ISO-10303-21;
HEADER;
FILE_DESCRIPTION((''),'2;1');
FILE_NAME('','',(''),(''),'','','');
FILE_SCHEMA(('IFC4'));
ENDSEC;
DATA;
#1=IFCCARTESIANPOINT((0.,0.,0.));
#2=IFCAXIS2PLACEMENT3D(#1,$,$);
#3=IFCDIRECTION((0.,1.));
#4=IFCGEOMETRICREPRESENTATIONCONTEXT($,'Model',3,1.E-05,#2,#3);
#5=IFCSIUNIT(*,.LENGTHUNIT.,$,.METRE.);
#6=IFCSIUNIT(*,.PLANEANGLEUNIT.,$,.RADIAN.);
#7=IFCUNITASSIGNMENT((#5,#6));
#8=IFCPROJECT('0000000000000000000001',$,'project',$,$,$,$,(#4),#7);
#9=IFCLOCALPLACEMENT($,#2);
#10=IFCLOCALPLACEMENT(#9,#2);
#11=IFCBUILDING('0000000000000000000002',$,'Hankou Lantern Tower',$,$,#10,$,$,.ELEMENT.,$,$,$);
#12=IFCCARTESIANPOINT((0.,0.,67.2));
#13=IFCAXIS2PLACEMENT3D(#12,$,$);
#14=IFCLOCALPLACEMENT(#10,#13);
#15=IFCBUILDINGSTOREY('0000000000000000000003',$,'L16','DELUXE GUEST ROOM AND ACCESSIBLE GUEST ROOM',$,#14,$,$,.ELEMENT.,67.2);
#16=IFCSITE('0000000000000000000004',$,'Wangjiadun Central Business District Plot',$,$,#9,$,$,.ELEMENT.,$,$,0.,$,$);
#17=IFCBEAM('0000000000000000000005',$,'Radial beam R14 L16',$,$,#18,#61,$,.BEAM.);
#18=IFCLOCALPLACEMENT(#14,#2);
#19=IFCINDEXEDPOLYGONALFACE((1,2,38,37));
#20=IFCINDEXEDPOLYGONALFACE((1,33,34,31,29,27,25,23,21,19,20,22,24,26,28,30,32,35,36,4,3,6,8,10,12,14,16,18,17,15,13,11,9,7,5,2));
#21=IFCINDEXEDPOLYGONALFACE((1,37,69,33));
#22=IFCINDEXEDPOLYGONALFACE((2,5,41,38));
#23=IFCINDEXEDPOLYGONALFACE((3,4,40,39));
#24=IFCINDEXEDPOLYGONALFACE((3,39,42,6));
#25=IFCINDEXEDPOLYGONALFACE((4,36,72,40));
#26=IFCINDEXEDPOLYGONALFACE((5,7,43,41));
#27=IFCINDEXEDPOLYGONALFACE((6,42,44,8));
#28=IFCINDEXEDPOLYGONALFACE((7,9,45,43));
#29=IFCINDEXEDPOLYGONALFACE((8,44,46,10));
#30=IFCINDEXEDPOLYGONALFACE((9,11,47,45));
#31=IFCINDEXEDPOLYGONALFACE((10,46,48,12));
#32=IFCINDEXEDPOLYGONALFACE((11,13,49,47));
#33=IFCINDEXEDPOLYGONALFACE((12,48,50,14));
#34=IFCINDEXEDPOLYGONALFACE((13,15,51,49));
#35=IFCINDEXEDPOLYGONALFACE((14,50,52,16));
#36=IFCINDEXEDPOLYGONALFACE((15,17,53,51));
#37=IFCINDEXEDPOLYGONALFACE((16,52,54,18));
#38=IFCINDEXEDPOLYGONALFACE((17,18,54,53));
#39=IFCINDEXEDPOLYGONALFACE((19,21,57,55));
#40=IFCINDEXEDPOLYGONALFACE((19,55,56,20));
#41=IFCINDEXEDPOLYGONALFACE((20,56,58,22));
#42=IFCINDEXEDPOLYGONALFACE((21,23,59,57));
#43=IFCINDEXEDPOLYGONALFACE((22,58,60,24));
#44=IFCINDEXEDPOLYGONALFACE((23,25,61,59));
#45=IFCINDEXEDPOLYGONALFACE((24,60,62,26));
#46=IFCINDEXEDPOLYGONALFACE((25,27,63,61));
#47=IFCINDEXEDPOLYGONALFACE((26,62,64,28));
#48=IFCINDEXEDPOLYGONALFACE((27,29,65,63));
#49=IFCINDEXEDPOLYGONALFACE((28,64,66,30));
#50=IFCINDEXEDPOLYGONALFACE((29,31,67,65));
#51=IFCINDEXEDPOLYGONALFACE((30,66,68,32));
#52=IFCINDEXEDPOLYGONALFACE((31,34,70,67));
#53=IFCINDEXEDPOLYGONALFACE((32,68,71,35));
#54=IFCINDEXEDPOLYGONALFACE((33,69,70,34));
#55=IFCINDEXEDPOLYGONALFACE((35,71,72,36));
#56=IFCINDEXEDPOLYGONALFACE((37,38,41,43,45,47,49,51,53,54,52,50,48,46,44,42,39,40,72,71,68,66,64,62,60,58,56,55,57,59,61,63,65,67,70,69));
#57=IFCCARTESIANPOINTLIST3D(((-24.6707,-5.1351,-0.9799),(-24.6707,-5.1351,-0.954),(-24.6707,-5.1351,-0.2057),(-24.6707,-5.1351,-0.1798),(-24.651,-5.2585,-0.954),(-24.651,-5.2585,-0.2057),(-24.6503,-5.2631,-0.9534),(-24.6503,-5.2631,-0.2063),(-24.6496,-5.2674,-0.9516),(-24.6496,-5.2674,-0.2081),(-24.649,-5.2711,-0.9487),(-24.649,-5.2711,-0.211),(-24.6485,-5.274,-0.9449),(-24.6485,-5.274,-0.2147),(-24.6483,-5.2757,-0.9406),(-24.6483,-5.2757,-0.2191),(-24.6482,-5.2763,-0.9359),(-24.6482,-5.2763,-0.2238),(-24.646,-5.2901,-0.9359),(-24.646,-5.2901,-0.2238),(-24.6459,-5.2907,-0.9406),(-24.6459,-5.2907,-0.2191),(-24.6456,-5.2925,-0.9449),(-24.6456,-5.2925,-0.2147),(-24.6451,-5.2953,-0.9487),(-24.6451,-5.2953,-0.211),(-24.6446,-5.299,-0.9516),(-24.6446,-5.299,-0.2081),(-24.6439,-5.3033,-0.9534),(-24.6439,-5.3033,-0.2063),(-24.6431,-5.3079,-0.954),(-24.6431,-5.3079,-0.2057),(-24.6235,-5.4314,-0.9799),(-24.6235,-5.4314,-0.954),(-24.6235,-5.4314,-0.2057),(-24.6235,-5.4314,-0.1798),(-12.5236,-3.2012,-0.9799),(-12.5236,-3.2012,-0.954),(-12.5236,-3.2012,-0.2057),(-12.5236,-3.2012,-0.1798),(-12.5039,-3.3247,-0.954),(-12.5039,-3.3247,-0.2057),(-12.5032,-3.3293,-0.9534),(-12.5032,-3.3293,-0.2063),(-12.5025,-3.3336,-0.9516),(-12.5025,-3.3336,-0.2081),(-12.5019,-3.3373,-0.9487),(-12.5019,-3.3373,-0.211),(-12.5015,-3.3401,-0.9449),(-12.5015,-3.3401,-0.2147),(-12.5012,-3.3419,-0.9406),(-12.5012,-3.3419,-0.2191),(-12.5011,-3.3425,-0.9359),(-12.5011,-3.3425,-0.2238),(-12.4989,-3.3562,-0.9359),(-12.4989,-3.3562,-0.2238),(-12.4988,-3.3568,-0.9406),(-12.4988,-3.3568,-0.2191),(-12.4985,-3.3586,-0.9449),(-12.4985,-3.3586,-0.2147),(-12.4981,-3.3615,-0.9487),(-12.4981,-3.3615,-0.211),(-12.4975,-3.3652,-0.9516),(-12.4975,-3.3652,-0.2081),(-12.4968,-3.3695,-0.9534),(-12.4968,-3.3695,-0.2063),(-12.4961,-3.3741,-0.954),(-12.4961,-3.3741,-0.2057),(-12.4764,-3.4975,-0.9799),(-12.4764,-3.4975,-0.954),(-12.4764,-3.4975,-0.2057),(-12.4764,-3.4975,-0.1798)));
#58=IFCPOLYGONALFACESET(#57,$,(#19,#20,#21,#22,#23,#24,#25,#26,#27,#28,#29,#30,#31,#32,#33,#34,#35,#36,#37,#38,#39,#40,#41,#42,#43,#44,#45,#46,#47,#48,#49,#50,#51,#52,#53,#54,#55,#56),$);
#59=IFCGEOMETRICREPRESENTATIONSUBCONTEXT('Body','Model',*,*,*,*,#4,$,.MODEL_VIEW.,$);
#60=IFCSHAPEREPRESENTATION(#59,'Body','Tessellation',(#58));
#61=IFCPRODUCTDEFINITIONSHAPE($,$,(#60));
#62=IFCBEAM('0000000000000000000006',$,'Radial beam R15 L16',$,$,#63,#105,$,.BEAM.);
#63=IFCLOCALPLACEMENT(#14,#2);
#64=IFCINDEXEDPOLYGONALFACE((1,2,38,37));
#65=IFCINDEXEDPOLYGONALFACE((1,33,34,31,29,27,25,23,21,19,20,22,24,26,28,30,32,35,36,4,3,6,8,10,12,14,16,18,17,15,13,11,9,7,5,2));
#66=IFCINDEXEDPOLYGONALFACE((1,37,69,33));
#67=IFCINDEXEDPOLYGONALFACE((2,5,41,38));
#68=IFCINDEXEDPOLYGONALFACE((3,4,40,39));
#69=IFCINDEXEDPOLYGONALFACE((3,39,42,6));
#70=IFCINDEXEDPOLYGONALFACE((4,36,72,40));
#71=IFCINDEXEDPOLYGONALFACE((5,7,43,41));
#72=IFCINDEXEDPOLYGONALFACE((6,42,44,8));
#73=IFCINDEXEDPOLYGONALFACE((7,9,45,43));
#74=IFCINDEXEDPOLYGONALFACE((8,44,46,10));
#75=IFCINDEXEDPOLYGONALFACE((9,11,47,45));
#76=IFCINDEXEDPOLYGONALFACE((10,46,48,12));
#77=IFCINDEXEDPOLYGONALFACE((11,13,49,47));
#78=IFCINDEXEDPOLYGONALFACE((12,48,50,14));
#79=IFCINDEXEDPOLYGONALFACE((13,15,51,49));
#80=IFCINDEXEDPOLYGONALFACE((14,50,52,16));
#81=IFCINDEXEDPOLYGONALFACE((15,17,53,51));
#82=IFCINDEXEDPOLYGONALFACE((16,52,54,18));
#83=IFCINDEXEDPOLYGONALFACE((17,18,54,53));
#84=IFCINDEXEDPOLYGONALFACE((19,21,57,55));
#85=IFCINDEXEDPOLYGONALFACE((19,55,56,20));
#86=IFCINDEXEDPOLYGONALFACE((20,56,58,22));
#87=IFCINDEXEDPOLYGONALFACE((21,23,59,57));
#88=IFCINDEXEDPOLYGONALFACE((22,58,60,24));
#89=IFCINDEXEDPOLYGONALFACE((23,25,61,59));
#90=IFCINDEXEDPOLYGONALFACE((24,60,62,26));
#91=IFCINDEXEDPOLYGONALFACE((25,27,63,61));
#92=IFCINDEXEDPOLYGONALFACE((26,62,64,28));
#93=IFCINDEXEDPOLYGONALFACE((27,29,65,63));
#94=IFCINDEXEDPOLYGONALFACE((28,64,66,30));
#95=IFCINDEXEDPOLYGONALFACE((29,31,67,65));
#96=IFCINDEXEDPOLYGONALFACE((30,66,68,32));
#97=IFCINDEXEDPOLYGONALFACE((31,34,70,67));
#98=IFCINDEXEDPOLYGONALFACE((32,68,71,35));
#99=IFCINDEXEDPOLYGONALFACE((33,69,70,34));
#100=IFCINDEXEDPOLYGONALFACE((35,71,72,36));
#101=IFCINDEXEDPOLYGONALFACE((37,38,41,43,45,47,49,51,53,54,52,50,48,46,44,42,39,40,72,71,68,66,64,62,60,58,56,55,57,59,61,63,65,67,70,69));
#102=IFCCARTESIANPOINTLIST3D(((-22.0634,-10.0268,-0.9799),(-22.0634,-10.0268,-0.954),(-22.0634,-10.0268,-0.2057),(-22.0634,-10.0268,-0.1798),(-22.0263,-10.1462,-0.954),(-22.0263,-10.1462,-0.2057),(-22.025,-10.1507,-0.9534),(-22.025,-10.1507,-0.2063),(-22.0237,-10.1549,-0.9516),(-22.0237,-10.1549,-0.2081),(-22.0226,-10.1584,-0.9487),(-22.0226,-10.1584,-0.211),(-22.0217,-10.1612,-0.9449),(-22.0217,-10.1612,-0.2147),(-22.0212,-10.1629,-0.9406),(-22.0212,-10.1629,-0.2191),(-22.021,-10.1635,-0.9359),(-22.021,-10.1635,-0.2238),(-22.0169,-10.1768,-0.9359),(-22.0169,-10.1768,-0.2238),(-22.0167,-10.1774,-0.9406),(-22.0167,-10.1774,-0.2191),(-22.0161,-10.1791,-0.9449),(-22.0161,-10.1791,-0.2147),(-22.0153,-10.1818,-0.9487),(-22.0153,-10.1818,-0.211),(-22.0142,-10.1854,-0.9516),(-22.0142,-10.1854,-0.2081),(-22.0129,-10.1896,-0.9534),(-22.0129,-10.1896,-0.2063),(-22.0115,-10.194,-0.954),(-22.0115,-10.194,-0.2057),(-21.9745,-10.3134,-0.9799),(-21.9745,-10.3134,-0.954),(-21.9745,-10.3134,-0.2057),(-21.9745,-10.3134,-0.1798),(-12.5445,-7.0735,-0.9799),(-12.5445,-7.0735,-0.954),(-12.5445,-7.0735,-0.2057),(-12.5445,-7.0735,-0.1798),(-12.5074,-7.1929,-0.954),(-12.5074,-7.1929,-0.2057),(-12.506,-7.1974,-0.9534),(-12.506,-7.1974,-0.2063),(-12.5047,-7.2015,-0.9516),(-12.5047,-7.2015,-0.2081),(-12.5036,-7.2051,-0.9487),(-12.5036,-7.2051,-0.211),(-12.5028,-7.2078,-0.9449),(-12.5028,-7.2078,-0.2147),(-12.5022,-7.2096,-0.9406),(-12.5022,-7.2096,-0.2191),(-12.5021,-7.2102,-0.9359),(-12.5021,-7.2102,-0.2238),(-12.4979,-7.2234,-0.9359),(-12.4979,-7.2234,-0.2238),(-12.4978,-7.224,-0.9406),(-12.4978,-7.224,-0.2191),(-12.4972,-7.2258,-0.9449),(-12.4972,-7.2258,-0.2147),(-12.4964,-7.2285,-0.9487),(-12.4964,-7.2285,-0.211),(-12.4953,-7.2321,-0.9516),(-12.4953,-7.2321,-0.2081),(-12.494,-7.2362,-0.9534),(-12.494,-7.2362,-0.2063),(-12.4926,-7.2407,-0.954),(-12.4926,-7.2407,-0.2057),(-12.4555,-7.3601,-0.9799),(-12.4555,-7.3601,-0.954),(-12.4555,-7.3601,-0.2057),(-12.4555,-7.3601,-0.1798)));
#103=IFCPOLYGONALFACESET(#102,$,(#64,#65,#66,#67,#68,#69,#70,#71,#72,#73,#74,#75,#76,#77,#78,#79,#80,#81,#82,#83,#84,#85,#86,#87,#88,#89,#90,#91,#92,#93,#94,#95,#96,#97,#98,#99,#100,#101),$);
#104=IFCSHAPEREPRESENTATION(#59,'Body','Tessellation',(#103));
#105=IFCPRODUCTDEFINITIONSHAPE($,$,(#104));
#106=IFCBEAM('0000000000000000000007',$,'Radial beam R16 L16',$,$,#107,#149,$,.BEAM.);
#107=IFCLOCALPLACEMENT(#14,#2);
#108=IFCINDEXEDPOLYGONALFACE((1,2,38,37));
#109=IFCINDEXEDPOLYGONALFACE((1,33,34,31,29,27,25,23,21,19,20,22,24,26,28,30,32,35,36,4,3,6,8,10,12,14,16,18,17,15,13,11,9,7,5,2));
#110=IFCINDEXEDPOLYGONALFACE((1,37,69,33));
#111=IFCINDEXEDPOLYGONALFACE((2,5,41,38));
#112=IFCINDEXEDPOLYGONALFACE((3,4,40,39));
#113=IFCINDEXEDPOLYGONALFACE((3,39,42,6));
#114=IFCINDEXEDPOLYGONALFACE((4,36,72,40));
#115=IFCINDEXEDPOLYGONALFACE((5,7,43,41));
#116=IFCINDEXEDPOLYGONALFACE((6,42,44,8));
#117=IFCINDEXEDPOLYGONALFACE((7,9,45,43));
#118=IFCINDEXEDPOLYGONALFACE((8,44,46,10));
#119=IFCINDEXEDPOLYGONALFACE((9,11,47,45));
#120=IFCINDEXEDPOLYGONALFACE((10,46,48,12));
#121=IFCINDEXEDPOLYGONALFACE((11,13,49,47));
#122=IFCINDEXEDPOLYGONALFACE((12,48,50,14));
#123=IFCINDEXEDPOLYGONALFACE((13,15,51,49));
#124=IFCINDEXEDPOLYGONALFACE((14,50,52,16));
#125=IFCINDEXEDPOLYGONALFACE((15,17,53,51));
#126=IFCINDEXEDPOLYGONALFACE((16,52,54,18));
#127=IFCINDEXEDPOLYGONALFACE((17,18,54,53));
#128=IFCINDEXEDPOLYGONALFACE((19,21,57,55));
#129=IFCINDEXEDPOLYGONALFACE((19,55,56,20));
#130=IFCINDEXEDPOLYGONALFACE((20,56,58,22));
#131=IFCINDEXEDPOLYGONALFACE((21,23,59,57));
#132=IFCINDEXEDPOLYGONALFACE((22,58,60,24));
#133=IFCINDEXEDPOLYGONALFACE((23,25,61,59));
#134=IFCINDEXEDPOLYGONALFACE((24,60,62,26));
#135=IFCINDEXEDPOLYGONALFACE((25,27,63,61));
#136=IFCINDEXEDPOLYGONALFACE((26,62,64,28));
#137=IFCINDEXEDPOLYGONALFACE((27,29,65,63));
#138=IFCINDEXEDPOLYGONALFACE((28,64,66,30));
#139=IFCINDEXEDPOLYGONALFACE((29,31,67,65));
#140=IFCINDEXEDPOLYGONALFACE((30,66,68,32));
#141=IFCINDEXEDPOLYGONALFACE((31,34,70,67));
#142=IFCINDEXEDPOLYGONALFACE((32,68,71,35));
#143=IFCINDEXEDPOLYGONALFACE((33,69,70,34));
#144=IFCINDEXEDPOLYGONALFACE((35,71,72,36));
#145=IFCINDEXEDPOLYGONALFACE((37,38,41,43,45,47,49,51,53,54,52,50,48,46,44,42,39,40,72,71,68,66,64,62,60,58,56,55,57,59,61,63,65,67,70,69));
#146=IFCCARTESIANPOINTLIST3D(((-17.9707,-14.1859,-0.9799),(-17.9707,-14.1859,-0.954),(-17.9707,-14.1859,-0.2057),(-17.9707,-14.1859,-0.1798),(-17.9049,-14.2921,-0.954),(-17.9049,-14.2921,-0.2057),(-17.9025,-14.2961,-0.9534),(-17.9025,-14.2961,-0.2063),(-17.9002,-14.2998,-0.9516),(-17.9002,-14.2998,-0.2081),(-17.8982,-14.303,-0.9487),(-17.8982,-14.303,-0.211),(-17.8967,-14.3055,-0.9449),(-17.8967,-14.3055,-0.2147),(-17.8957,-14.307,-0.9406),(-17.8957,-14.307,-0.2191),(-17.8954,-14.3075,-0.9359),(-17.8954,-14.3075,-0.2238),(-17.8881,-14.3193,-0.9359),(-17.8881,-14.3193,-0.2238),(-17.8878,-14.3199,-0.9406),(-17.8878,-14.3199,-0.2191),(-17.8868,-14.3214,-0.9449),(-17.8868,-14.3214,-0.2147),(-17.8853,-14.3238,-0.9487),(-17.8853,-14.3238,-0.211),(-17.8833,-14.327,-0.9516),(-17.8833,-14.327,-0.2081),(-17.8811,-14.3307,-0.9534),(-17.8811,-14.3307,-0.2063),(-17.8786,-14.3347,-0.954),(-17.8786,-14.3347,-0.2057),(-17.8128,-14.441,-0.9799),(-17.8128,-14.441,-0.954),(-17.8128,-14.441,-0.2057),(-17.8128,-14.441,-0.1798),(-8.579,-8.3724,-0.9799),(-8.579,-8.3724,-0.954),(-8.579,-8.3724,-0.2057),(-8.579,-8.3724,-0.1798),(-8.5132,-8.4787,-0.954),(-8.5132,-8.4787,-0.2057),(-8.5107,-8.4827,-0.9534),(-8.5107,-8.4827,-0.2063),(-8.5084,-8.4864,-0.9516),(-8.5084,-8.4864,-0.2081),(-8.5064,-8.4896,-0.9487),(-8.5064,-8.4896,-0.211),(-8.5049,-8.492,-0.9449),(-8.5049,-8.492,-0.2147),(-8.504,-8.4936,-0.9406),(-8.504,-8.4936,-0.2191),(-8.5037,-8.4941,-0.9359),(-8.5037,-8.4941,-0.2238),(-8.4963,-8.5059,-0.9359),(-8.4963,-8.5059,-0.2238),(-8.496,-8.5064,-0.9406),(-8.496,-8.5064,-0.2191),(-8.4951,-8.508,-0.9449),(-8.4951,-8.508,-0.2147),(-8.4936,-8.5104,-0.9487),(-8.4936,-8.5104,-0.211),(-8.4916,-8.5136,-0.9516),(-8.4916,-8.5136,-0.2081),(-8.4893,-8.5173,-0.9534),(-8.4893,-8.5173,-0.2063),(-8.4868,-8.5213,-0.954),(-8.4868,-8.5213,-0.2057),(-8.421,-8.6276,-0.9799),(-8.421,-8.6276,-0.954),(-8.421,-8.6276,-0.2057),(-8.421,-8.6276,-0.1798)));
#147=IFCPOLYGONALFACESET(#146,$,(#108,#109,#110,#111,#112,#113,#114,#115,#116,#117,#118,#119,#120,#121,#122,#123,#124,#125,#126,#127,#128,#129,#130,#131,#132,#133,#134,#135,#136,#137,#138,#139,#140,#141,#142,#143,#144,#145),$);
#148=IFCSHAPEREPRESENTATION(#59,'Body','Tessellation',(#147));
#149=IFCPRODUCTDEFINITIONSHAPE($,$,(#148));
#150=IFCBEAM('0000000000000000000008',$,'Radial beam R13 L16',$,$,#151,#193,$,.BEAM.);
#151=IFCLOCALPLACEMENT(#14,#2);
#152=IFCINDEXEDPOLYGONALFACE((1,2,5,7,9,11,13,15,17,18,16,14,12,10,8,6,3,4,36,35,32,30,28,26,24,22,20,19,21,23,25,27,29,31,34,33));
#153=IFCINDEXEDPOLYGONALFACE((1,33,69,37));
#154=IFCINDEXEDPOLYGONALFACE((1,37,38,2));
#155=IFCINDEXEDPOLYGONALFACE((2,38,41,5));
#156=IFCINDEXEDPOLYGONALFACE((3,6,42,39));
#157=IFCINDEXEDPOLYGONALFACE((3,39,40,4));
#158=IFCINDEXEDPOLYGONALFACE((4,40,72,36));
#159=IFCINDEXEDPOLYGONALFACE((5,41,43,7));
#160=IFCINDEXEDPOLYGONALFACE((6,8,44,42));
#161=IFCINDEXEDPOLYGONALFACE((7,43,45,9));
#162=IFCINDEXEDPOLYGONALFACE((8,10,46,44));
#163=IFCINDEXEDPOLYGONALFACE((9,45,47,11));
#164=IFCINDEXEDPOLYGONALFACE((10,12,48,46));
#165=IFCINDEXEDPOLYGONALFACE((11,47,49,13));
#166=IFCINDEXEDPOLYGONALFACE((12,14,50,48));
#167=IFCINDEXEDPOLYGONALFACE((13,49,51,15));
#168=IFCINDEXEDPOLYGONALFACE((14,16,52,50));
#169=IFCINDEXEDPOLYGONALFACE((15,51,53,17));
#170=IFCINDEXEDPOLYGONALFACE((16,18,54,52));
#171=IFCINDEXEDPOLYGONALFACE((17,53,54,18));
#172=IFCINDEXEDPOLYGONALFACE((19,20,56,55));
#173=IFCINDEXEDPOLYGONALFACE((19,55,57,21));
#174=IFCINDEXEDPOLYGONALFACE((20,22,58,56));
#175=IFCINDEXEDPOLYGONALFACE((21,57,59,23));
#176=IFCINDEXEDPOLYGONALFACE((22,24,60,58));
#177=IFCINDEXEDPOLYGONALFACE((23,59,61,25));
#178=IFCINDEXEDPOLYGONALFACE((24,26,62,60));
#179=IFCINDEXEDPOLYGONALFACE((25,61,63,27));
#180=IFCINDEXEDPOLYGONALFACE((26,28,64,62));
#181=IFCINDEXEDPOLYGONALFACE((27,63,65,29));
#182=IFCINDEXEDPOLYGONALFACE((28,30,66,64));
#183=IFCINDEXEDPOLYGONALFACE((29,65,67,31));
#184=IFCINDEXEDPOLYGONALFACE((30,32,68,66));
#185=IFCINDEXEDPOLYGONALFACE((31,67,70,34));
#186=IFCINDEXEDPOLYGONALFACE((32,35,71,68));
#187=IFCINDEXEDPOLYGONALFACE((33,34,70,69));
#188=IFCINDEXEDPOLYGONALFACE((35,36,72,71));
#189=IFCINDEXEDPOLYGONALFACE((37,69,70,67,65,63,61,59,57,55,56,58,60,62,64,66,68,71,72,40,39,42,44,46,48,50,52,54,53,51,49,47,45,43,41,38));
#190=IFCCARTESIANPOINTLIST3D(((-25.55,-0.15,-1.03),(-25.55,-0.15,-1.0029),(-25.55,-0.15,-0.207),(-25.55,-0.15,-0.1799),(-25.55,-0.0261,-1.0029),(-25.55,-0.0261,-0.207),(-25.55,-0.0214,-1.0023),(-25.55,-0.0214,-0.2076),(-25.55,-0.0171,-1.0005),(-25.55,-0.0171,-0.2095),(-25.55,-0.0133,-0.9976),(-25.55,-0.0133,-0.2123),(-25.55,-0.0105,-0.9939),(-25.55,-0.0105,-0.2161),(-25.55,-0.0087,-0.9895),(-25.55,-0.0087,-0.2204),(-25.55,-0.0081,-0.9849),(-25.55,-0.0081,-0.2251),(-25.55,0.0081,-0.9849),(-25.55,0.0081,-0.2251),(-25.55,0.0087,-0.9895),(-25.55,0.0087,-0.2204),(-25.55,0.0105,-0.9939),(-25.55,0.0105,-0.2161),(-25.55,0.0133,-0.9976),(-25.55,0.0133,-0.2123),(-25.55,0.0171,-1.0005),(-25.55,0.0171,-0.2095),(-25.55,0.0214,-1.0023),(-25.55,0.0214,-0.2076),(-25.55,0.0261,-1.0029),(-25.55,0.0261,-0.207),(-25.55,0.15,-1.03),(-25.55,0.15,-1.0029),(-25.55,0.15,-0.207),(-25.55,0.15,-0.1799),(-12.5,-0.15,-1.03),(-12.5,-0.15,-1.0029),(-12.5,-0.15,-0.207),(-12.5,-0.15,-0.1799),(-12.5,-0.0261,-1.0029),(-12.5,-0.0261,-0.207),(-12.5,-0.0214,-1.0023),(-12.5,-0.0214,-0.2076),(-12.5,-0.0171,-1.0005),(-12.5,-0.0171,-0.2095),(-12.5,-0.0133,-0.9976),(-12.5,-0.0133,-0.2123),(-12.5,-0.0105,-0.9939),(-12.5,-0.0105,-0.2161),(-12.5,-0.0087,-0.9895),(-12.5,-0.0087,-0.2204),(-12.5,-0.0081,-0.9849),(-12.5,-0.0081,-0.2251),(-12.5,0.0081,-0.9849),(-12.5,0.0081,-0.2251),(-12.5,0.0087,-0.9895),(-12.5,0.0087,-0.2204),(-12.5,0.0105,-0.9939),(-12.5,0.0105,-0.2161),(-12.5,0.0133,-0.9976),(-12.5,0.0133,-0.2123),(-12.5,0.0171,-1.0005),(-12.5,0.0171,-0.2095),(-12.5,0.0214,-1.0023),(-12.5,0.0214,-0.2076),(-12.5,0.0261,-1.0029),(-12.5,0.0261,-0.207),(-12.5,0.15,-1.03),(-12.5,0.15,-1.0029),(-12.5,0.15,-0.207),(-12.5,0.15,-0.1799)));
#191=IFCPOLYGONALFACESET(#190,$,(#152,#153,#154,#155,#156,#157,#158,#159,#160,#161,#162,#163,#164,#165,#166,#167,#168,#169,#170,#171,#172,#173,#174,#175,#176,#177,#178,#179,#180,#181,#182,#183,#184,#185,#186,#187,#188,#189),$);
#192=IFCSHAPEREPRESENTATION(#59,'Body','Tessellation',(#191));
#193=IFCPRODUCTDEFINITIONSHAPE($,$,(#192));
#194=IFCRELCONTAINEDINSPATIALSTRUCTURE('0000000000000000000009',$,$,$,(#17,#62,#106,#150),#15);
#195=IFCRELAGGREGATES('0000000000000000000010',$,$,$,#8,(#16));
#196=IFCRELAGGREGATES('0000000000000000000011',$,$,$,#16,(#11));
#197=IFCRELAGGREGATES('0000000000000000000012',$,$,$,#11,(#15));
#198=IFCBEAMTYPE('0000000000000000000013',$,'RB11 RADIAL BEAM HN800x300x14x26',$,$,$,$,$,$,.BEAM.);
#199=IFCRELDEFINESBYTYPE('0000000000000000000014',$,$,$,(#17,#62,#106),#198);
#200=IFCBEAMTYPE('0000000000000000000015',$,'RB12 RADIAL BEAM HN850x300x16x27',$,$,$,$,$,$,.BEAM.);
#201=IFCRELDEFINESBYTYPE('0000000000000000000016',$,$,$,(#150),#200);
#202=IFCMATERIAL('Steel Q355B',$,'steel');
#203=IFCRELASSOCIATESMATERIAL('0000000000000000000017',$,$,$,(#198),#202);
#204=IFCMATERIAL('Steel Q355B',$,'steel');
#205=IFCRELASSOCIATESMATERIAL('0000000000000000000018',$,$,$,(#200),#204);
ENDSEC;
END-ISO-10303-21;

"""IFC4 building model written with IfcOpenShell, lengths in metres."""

from ifc_helpers import new_model, si_unit, direction, frame, origin, origin_2d, place, context, subcontext, project, spatial, i_section, extrude, material, material_profile, profile_set, type_object, element, save


model = new_model("IFC4")

# Units and contexts
model_context = context("Model", 3, precision=1e-05, world=origin(), true_north=direction((0.0, 1.0)))
body_context = subcontext(model_context, "Body", "Model", "MODEL_VIEW")
ifc_project = project(units=[si_unit("LENGTHUNIT", "METRE"), si_unit("PLANEANGLEUNIT", "RADIAN")], contexts=[model_context])

# Site, building, storey
site_placement = place(None, origin())
site = spatial("IfcSite", under=ifc_project, at=site_placement, Name="Wangjiadun Central Business District Plot", CompositionType="ELEMENT", RefElevation=0.0)
building_placement = place(site_placement, origin())
building = spatial("IfcBuilding", under=site, at=building_placement, Name="Hankou Lantern Tower", CompositionType="ELEMENT")
storey_placement = place(building_placement, frame((0.0, 0.0, 67.2)))
storey = spatial("IfcBuildingStorey", under=building, at=storey_placement, Name="L16", Description="DELUXE GUEST ROOM AND ACCESSIBLE GUEST ROOM", CompositionType="ELEMENT", Elevation=67.2)

# Beams
ifc_material_1 = material(Name="Steel Q355B", Category="steel")
ifc_material_profile_1 = material_profile(ifc_material_1, i_section(OverallWidth=0.3, OverallDepth=0.8, WebThickness=0.0139, FlangeThickness=0.0259, FilletRadius=0.0181, at=origin_2d()), Name="HN800x300x14x26")
ifc_profile_set_1 = profile_set([ifc_material_profile_1], Name="Steel Q355B")
beam_type_1 = type_object("IfcBeamType", Name="RB11 RADIAL BEAM HN800x300x14x26", PredefinedType="BEAM", material=ifc_profile_set_1)
beam_1_placement = place(storey_placement, frame((-12.5, -3.3494, -0.5798), z_axis=(-0.987563, -0.157223, 0.0), x_axis=(0.157223, -0.987563, 0.0)))
element("IfcBeam", 1, at=beam_1_placement, inside=storey, type_object=beam_type_1, Name="Radial beam R14 L16", PredefinedType="BEAM", context=body_context, shape_type="SweptSolid", body=[
    extrude(i_section(OverallWidth=0.3, OverallDepth=0.8, WebThickness=0.0139, FlangeThickness=0.0259, FilletRadius=0.0181, at=origin_2d()), origin(), (0.0, 0.0, 1.0), 12.3),
])
beam_2_placement = place(storey_placement, frame((-12.5, -7.2168, -0.5798), z_axis=(-0.955087, -0.296324, 0.0), x_axis=(0.296324, -0.955087, 0.0)))
element("IfcBeam", 2, at=beam_2_placement, inside=storey, type_object=beam_type_1, Name="Radial beam R15 L16", PredefinedType="BEAM", context=body_context, shape_type="SweptSolid", body=[
    extrude(i_section(OverallWidth=0.3, OverallDepth=0.8, WebThickness=0.0139, FlangeThickness=0.0259, FilletRadius=0.0181, at=origin_2d()), origin(), (0.0, 0.0, 1.0), 9.9666),
])
beam_3_placement = place(storey_placement, frame((-8.5, -8.5, -0.5798), z_axis=(-0.850286, -0.52632, 0.0), x_axis=(0.52632, -0.850286, 0.0)))
element("IfcBeam", 3, at=beam_3_placement, inside=storey, type_object=beam_type_1, Name="Radial beam R16 L16", PredefinedType="BEAM", context=body_context, shape_type="SweptSolid", body=[
    extrude(i_section(OverallWidth=0.3, OverallDepth=0.8, WebThickness=0.0139, FlangeThickness=0.0259, FilletRadius=0.0181, at=origin_2d()), origin(), (0.0, 0.0, 1.0), 11.0454),
])
ifc_material_2 = material(Name="Steel Q355B", Category="steel")
ifc_material_profile_2 = material_profile(ifc_material_2, i_section(OverallWidth=0.3, OverallDepth=0.8501, WebThickness=0.0161, FlangeThickness=0.0271, FilletRadius=0.0181, at=origin_2d()), Name="HN850x300x16x27")
ifc_profile_set_2 = profile_set([ifc_material_profile_2], Name="Steel Q355B")
beam_type_2 = type_object("IfcBeamType", Name="RB12 RADIAL BEAM HN850x300x16x27", PredefinedType="BEAM", material=ifc_profile_set_2)
beam_4_placement = place(storey_placement, frame((-12.5, 0.0, -0.605), z_axis=(-1.0, 0.0, 0.0), x_axis=(0.0, -1.0, 0.0)))
element("IfcBeam", 4, at=beam_4_placement, inside=storey, type_object=beam_type_2, Name="Radial beam R13 L16", PredefinedType="BEAM", context=body_context, shape_type="SweptSolid", body=[
    extrude(i_section(OverallWidth=0.3, OverallDepth=0.8501, WebThickness=0.0161, FlangeThickness=0.0271, FilletRadius=0.0181, at=origin_2d()), origin(), (0.0, 0.0, 1.0), 13.05),
])

save(model, "model.ifc")
